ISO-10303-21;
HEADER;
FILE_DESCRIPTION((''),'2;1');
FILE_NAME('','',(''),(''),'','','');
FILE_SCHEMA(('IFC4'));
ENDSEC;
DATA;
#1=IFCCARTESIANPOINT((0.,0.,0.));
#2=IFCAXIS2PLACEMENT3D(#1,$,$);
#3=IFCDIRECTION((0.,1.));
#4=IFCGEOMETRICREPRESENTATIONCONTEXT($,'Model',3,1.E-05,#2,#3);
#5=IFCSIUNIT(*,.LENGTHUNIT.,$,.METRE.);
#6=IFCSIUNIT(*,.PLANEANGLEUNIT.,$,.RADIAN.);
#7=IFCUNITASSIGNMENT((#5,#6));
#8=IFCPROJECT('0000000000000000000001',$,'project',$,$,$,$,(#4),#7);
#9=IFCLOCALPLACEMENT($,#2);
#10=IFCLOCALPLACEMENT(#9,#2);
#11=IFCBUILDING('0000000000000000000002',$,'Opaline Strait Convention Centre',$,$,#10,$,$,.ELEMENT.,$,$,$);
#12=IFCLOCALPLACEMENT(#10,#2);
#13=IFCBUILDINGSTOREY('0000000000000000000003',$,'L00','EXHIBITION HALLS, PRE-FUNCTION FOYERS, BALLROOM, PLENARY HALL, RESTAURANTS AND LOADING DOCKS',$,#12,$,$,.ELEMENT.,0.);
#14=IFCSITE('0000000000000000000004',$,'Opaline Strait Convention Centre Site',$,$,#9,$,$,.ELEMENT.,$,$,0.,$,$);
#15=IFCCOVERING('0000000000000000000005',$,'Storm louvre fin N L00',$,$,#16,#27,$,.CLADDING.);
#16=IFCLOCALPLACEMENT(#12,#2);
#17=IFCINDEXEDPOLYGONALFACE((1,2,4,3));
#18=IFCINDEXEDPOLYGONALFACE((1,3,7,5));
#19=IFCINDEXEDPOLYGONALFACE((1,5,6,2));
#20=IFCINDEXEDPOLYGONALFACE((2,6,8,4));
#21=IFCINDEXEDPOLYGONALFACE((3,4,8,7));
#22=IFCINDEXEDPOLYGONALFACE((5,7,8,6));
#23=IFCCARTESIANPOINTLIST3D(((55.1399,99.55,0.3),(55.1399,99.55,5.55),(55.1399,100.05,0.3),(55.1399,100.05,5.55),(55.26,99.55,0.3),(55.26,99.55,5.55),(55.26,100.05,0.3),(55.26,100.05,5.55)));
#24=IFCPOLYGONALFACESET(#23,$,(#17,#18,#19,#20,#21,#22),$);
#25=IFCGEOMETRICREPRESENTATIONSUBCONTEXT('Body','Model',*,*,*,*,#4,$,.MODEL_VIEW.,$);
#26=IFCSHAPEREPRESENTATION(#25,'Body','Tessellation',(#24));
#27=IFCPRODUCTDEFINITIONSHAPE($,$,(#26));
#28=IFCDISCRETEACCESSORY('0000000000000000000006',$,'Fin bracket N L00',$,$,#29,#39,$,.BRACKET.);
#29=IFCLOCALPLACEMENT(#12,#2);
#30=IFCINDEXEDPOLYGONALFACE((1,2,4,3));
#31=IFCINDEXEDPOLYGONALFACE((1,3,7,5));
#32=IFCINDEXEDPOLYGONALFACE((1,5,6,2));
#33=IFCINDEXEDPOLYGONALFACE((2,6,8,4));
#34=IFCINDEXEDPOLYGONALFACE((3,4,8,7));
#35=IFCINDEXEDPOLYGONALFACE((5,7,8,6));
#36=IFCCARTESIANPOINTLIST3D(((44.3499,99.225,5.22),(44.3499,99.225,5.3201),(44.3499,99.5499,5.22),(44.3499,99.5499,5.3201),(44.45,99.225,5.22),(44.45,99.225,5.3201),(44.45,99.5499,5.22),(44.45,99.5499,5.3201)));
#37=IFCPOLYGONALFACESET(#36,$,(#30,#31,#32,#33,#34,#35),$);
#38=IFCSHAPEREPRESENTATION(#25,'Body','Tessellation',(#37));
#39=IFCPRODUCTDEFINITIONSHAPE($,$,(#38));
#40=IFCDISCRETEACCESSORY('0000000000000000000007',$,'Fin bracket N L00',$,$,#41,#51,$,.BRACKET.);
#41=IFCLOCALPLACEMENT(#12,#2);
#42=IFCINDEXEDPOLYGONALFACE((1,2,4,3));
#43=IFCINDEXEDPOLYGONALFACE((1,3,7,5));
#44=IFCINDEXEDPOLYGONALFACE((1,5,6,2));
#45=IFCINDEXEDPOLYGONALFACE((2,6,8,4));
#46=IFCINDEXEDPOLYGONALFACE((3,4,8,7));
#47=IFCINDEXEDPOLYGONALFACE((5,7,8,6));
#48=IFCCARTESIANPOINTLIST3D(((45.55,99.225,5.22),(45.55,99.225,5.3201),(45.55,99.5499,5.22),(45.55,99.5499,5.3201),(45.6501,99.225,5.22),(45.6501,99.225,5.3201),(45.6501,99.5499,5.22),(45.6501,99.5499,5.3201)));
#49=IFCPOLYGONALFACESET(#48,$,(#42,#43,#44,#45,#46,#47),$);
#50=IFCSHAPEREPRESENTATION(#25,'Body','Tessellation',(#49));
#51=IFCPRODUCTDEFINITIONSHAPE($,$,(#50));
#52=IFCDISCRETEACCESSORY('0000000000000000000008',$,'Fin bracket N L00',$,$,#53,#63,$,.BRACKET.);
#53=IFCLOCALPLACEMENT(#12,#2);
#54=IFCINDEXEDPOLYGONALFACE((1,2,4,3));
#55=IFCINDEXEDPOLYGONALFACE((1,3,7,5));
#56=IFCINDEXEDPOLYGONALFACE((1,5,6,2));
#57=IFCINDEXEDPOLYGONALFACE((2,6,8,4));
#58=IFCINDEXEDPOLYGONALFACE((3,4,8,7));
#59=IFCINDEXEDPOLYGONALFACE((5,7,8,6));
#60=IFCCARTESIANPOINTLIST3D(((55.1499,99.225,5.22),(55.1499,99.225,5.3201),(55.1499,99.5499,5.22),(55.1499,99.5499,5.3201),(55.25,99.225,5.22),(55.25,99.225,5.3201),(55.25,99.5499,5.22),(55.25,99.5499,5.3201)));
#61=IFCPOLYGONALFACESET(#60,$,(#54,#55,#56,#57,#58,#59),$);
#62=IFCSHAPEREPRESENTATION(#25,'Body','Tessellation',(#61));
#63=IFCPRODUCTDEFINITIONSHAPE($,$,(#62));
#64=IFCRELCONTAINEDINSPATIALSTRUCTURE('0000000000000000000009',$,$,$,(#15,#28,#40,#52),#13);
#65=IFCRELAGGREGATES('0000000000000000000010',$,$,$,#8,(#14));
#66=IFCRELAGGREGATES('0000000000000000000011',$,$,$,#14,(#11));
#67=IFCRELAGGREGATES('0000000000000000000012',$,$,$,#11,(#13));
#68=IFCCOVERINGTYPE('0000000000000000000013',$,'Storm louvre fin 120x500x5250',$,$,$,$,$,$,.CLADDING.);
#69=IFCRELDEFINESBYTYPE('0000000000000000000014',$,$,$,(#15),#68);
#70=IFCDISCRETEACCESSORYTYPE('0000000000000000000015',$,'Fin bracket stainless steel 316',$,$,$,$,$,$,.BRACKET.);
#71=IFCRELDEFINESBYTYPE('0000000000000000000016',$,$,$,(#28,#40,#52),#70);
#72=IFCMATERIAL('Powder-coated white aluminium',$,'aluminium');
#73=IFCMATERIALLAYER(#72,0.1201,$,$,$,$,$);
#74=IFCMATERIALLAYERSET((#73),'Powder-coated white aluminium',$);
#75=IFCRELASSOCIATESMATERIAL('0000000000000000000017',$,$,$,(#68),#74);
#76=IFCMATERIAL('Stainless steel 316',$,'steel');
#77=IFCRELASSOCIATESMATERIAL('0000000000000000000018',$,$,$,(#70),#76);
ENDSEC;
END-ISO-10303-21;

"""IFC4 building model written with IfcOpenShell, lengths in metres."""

from ifc_helpers import new_model, si_unit, direction, frame, origin, origin_2d, place, context, subcontext, project, spatial, rectangle, extrude, material, layer, layer_set, type_object, element, save


model = new_model("IFC4")

# Units and contexts
model_context = context("Model", 3, precision=1e-05, world=origin(), true_north=direction((0.0, 1.0)))
body_context = subcontext(model_context, "Body", "Model", "MODEL_VIEW")
ifc_project = project(units=[si_unit("LENGTHUNIT", "METRE"), si_unit("PLANEANGLEUNIT", "RADIAN")], contexts=[model_context])

# Site, building, storey
site_placement = place(None, origin())
site = spatial("IfcSite", under=ifc_project, at=site_placement, Name="Opaline Strait Convention Centre Site", CompositionType="ELEMENT", RefElevation=0.0)
building_placement = place(site_placement, origin())
building = spatial("IfcBuilding", under=site, at=building_placement, Name="Opaline Strait Convention Centre", CompositionType="ELEMENT")
storey_placement = place(building_placement, origin())
storey = spatial("IfcBuildingStorey", under=building, at=storey_placement, Name="L00", Description="EXHIBITION HALLS, PRE-FUNCTION FOYERS, BALLROOM, PLENARY HALL, RESTAURANTS AND LOADING DOCKS", CompositionType="ELEMENT", Elevation=0.0)

# Covering
ifc_material_1 = material(Name="Powder-coated white aluminium", Category="aluminium")
ifc_layer_1 = layer(ifc_material_1, 0.1201)
ifc_layer_set_1 = layer_set([ifc_layer_1], Name="Powder-coated white aluminium")
covering_type = type_object("IfcCoveringType", Name="Storm louvre fin 120x500x5250", PredefinedType="CLADDING", material=ifc_layer_set_1)
for number, where, z_axis, x_axis, name in (
    (1, (55.2, 99.8, 0.3), (0.0, 0.0, 1.0), (1.0, 0.0, 0.0), "Storm louvre fin N L00"),
):
    element("IfcCovering", number, at=place(storey_placement, frame(where, z_axis=z_axis, x_axis=x_axis)), inside=storey, type_object=covering_type, Name=name, PredefinedType="CLADDING", context=body_context, shape_type="SweptSolid", body=[
        extrude(rectangle(XDim=0.1201, YDim=0.5, at=origin_2d()), origin(), (0.0, 0.0, 1.0), 5.25),
    ])

# Discrete accessories
ifc_material_2 = material(Name="Stainless steel 316", Category="steel")
discrete_accessory_type = type_object("IfcDiscreteAccessoryType", Name="Fin bracket stainless steel 316", PredefinedType="BRACKET", material=ifc_material_2)
for number, where, z_axis, x_axis, name in (
    (2, (44.3999, 99.3875, 5.22), (0.0, 0.0, 1.0), (1.0, 0.0, 0.0), "Fin bracket N L00"),
    (3, (45.6001, 99.3875, 5.22), (0.0, 0.0, 1.0), (1.0, 0.0, 0.0), "Fin bracket N L00"),
    (4, (55.2, 99.3875, 5.22), (0.0, 0.0, 1.0), (1.0, 0.0, 0.0), "Fin bracket N L00"),
):
    element("IfcDiscreteAccessory", number, at=place(storey_placement, frame(where, z_axis=z_axis, x_axis=x_axis)), inside=storey, type_object=discrete_accessory_type, Name=name, PredefinedType="BRACKET", context=body_context, shape_type="SweptSolid", body=[
        extrude(rectangle(XDim=0.1001, YDim=0.325, at=origin_2d()), origin(), (0.0, 0.0, 1.0), 0.1001),
    ])

save(model, "model.ifc")
